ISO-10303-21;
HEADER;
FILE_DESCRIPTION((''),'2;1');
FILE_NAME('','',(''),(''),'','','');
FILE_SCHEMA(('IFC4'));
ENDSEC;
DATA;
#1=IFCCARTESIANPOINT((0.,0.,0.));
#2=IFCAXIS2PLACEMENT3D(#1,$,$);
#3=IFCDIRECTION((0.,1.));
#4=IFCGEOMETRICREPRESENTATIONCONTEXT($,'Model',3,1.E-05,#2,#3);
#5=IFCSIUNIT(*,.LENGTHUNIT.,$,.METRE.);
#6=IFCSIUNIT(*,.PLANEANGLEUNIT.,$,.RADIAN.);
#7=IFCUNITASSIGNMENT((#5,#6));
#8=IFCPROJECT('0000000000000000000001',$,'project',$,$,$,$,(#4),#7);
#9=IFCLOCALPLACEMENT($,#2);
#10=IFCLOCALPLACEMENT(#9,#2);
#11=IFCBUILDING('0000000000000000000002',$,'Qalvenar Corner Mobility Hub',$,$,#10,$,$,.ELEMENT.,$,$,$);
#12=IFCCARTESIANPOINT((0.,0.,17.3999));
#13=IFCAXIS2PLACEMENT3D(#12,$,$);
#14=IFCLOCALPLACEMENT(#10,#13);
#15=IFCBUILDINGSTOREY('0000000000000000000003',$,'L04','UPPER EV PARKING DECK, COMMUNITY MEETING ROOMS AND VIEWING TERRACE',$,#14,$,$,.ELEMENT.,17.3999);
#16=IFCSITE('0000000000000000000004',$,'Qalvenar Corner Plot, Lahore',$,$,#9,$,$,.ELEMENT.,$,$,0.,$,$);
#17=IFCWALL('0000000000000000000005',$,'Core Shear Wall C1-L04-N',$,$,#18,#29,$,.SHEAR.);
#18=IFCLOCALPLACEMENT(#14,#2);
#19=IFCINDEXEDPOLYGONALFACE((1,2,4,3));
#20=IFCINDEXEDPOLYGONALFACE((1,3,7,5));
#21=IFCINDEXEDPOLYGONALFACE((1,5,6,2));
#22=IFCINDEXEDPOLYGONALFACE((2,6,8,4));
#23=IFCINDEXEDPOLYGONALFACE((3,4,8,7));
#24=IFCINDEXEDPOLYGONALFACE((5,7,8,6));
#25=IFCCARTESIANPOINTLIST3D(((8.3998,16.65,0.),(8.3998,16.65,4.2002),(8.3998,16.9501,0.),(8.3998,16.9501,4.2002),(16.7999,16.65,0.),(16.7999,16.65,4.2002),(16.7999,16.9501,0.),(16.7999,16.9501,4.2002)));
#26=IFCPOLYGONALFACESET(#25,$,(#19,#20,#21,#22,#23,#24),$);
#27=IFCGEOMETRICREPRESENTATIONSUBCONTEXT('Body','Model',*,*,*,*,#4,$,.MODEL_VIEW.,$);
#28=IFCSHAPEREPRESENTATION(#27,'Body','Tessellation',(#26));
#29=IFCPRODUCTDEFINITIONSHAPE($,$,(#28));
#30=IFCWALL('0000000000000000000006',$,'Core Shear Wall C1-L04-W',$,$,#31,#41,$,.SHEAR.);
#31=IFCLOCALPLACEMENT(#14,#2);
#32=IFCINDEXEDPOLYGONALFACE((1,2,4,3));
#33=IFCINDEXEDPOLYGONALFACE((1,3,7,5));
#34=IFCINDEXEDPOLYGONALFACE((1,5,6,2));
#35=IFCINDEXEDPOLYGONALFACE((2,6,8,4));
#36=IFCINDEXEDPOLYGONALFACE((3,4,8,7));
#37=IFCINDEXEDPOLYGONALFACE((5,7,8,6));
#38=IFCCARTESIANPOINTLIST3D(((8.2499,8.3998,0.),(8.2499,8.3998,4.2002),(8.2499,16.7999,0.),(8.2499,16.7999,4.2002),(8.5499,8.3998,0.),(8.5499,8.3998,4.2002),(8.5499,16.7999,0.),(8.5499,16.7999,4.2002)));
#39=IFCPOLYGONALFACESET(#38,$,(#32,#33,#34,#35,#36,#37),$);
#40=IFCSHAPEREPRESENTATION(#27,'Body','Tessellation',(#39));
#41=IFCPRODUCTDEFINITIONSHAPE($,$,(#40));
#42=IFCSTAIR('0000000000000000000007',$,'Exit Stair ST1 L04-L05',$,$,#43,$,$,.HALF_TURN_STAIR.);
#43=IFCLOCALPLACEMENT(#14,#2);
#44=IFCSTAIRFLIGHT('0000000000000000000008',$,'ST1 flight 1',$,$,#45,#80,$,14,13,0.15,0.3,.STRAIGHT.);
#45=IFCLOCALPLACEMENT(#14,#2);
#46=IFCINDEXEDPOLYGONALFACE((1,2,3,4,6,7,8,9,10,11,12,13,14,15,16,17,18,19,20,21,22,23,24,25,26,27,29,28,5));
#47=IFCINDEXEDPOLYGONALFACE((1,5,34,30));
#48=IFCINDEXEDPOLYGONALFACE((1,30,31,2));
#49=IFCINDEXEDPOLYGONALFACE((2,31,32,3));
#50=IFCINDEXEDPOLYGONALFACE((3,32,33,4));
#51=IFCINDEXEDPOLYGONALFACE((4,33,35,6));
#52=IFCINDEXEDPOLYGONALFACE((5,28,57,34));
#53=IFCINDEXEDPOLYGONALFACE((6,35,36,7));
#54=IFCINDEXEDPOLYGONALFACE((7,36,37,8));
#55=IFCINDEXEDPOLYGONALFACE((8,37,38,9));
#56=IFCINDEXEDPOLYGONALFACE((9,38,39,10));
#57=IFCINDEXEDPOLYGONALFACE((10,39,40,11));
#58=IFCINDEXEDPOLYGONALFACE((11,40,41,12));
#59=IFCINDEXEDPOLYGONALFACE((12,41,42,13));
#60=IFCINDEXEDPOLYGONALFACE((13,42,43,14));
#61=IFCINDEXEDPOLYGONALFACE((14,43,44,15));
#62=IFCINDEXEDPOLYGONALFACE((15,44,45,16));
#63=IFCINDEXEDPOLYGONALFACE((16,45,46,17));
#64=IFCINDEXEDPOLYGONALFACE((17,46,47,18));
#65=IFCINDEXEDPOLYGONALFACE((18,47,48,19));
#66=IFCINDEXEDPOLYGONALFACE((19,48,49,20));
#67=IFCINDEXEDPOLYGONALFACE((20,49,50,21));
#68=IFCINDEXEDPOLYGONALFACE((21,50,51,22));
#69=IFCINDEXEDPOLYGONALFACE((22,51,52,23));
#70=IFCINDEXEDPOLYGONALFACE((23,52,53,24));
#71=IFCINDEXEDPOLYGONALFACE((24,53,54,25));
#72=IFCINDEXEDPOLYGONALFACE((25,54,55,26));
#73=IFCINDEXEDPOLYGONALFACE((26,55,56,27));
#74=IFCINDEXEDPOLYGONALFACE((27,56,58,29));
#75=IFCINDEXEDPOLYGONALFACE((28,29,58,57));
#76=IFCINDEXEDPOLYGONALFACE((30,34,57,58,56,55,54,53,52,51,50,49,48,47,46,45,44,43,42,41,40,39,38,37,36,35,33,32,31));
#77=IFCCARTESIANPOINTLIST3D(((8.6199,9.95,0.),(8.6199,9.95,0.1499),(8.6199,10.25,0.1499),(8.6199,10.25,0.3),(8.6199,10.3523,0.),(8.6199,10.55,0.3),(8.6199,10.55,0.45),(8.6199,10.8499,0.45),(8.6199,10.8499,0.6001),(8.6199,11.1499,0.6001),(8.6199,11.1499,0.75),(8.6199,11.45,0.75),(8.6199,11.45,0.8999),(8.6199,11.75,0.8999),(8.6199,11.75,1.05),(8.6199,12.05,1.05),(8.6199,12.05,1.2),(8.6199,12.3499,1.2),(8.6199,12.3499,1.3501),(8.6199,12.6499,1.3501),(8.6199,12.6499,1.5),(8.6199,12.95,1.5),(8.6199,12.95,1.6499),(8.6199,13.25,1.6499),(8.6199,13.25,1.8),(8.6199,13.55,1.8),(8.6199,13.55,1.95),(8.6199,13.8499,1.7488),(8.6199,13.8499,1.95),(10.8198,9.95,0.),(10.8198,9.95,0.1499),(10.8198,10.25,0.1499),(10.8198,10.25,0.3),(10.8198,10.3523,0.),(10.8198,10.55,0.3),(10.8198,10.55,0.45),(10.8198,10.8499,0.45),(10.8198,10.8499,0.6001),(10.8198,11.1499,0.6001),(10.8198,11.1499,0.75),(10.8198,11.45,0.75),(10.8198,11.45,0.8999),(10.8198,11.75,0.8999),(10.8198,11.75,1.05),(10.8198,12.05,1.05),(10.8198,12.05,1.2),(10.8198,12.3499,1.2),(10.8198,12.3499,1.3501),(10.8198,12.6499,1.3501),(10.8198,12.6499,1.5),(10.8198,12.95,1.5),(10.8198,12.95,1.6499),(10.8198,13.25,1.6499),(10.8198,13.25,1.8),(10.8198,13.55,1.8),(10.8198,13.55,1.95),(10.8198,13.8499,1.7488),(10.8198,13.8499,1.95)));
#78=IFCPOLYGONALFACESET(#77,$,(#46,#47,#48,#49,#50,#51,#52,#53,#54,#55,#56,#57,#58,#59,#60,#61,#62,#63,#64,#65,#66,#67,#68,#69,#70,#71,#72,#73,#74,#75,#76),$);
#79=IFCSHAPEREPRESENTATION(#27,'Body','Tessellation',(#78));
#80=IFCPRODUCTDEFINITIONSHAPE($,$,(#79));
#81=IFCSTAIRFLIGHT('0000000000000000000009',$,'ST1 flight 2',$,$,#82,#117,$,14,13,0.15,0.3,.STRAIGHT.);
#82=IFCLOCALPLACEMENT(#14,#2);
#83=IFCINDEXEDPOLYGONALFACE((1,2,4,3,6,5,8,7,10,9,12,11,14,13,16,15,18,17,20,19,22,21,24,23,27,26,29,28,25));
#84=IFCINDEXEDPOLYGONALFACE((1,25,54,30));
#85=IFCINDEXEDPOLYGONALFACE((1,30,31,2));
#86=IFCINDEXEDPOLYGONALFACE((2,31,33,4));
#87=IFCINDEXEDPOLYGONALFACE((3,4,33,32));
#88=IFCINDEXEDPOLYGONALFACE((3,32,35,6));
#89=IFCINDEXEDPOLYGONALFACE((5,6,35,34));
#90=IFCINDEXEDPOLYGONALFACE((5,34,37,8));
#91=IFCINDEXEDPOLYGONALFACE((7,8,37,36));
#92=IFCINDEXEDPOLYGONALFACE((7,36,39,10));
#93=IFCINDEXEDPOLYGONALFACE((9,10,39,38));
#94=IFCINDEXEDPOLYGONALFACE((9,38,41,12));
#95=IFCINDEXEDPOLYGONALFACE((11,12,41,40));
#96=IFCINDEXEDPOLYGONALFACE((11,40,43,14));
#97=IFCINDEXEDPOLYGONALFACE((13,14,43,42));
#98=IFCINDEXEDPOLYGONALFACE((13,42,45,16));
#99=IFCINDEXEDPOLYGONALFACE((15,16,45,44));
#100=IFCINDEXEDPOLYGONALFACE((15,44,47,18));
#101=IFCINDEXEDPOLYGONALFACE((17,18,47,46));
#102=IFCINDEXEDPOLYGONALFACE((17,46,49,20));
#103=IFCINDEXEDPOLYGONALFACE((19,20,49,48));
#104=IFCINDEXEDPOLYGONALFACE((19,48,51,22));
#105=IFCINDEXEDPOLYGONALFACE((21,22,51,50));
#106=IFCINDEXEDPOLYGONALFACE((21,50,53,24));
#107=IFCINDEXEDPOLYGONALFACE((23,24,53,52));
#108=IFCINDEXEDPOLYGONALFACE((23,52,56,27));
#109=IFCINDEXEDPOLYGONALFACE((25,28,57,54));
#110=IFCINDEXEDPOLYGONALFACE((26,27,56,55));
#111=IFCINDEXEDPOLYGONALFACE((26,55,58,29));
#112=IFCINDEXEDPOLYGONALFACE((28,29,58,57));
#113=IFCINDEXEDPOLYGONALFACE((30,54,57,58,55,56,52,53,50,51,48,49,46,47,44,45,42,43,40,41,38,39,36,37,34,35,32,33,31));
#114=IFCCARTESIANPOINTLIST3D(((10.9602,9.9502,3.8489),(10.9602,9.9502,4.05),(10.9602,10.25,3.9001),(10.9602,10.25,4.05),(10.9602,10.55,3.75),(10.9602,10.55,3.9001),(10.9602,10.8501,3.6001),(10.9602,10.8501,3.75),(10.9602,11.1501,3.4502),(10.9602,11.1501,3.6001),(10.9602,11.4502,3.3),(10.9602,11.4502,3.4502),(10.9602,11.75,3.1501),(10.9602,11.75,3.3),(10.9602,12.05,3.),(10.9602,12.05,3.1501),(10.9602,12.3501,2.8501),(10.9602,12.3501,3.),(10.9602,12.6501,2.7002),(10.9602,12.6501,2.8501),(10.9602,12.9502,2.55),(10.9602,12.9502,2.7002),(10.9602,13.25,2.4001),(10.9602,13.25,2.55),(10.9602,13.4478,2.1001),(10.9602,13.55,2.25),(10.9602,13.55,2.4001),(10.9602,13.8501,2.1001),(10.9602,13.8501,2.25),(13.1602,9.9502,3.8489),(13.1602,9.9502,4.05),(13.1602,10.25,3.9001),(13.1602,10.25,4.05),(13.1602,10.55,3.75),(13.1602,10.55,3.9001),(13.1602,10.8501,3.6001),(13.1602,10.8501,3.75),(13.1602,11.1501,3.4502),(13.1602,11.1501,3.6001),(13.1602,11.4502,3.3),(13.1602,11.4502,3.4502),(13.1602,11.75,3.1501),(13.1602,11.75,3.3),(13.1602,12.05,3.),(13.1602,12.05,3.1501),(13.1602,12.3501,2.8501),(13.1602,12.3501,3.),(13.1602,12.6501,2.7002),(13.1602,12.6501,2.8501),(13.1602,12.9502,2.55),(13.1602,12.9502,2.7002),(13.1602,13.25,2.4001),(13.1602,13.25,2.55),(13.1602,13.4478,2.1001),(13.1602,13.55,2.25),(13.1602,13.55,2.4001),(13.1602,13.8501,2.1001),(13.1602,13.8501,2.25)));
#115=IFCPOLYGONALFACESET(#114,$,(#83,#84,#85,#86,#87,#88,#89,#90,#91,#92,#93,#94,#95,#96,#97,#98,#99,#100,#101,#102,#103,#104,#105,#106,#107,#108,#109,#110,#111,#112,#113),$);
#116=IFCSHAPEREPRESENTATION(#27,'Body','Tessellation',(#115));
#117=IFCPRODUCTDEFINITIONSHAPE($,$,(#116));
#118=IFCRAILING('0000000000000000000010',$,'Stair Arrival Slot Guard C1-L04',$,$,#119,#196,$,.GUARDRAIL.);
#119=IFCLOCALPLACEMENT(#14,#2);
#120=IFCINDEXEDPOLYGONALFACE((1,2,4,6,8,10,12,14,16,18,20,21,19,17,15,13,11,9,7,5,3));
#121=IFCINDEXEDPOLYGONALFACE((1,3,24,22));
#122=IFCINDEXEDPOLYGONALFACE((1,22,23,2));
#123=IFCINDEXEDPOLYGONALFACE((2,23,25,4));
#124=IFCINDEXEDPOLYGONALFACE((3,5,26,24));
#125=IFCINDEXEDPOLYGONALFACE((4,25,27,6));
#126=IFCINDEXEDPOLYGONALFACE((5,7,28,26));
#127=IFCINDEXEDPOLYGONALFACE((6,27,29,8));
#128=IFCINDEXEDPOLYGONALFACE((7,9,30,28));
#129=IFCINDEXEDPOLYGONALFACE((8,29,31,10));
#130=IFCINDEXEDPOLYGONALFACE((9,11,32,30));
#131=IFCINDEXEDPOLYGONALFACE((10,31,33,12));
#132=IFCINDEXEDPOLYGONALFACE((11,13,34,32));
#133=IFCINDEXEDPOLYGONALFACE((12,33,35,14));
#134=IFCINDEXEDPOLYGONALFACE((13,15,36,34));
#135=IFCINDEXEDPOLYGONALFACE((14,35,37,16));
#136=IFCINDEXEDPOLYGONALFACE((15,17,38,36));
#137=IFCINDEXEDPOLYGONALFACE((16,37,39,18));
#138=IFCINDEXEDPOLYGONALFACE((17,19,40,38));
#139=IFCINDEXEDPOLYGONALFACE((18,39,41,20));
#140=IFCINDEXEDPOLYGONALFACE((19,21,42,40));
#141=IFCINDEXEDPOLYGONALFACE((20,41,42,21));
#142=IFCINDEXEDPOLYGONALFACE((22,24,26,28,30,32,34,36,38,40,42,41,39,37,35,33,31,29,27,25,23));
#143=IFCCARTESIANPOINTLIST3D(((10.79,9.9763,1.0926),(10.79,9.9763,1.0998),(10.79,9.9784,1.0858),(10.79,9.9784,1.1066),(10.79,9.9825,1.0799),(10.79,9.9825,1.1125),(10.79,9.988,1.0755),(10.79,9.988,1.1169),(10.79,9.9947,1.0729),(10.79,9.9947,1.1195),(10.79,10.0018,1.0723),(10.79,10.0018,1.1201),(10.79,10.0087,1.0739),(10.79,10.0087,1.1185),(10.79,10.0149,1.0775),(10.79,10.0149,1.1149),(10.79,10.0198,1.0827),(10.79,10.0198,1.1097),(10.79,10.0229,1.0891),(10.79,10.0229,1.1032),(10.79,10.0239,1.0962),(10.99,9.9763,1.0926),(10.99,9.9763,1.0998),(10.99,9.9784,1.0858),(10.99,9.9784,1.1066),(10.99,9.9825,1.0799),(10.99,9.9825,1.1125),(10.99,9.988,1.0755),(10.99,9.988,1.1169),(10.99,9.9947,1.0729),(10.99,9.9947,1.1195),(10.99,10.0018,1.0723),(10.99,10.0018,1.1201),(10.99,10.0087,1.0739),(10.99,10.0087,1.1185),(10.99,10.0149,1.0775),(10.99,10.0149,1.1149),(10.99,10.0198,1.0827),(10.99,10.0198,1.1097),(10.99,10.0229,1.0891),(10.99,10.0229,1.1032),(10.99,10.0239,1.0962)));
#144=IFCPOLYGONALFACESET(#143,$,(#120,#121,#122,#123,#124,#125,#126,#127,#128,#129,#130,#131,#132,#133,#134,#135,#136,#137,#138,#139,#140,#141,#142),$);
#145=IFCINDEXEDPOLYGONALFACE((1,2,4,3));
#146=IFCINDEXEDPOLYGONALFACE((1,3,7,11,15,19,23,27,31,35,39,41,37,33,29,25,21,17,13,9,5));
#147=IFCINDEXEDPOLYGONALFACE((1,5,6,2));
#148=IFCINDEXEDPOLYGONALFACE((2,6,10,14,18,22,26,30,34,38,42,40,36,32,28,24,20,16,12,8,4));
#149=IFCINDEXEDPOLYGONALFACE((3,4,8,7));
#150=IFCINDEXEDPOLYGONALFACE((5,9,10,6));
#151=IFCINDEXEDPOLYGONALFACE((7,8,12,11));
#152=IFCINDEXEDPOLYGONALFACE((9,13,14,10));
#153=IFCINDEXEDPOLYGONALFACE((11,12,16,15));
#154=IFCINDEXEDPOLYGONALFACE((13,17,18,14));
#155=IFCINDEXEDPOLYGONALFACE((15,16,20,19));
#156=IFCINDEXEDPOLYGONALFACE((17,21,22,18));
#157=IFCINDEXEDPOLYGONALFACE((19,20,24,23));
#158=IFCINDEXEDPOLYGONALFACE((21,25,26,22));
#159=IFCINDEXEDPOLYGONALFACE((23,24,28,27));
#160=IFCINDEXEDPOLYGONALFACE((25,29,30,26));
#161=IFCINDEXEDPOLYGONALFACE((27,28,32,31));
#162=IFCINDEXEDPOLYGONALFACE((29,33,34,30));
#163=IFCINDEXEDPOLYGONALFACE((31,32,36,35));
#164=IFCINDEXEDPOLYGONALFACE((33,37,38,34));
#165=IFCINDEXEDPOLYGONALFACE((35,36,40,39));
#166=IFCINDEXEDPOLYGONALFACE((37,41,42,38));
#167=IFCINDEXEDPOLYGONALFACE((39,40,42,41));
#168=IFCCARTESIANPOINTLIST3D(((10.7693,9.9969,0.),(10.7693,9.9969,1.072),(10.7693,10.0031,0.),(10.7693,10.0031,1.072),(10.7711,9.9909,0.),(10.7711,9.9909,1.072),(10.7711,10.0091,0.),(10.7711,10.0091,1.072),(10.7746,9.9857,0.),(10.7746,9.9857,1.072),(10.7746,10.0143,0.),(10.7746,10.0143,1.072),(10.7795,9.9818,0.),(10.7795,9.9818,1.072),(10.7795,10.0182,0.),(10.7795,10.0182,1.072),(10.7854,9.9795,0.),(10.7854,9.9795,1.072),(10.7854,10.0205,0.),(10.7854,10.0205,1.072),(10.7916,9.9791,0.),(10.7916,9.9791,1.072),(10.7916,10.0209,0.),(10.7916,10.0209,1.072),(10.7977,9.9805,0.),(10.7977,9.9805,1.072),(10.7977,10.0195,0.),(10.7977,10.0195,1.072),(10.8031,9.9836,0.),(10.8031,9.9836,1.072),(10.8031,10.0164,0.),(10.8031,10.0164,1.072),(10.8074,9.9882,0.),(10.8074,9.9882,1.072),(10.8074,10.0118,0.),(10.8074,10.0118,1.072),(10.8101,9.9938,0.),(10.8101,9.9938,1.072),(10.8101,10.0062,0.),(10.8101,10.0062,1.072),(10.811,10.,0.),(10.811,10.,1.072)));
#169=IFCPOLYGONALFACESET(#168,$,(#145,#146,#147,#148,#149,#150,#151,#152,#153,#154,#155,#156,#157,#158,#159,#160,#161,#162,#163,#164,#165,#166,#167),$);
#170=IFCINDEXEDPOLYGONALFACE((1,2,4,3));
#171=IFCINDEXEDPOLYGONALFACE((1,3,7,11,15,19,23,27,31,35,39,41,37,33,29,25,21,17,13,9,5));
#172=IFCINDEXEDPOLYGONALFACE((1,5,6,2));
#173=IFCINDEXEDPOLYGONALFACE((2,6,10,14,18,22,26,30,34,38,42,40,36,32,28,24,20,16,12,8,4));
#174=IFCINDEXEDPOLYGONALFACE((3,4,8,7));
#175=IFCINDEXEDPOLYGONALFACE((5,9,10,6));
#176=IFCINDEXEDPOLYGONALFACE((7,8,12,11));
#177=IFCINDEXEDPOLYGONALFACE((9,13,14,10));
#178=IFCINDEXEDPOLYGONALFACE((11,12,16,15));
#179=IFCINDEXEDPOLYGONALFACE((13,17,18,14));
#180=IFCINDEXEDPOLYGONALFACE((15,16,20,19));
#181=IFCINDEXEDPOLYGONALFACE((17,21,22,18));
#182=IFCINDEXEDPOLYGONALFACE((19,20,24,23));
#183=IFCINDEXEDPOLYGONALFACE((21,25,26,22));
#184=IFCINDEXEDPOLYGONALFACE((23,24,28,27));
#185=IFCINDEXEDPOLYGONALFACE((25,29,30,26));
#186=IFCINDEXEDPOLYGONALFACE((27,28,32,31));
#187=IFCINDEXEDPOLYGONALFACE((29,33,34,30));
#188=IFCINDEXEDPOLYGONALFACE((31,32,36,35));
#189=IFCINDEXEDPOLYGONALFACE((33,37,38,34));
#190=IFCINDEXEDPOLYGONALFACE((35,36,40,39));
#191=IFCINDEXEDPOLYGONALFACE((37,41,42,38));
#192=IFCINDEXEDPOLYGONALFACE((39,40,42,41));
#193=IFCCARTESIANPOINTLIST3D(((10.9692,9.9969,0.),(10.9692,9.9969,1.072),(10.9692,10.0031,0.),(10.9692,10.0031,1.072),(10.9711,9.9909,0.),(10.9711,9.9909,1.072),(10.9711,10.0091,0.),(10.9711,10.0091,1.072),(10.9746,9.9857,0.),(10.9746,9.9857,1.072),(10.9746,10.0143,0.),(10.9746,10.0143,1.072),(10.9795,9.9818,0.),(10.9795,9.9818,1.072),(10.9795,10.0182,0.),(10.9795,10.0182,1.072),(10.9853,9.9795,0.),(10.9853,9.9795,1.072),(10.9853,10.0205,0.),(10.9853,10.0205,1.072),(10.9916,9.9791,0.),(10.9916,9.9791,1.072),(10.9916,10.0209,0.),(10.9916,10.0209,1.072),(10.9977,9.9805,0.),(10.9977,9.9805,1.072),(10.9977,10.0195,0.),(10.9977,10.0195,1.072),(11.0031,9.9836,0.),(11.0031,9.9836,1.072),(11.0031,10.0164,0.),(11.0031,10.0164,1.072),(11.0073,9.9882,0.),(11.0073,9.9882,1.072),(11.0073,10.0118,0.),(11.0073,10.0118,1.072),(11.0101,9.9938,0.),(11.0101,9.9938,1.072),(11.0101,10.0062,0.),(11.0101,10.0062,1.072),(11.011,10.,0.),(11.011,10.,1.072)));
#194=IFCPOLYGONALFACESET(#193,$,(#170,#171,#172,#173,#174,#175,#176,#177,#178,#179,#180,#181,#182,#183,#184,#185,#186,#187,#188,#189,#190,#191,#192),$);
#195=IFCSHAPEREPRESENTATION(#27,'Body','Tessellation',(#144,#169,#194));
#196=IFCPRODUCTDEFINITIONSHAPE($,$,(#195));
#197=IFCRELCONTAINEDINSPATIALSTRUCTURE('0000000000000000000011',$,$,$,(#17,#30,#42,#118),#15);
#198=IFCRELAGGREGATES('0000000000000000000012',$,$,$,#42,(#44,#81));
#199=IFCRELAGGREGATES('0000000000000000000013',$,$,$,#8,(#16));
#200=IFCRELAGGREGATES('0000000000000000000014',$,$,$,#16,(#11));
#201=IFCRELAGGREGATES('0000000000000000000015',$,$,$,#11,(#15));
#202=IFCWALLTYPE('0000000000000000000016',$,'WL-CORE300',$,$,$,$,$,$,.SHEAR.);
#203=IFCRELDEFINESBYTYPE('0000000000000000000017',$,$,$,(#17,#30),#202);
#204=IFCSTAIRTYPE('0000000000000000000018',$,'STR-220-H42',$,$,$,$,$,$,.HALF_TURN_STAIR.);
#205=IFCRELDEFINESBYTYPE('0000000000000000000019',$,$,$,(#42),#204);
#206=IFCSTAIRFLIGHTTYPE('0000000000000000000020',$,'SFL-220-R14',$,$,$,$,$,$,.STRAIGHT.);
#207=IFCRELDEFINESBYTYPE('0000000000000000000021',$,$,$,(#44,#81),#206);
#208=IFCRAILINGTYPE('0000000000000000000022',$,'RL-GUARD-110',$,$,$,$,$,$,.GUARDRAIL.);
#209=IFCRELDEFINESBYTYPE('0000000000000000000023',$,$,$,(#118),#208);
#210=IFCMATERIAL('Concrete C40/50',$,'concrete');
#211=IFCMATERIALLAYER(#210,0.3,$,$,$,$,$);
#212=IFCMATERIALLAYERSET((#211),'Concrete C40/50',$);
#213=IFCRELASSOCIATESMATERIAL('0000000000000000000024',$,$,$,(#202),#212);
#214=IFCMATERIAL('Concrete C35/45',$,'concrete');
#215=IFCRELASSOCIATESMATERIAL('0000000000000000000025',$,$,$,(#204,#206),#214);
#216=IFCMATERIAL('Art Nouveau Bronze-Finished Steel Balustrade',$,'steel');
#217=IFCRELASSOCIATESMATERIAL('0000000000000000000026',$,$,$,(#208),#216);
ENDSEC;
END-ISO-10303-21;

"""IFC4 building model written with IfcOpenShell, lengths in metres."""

from ifc_helpers import new_model, si_unit, direction, frame, frame_2d, origin, origin_2d, place, context, subcontext, project, spatial, polyline, rectangle, circle, outline, extrude, material, layer, layer_set, type_object, element, aggregate, save


model = new_model("IFC4")

# Units and contexts
model_context = context("Model", 3, precision=1e-05, world=origin(), true_north=direction((0.0, 1.0)))
body_context = subcontext(model_context, "Body", "Model", "MODEL_VIEW")
ifc_project = project(units=[si_unit("LENGTHUNIT", "METRE"), si_unit("PLANEANGLEUNIT", "RADIAN")], contexts=[model_context])

# Site, building, storey
site_placement = place(None, origin())
site = spatial("IfcSite", under=ifc_project, at=site_placement, Name="Qalvenar Corner Plot, Lahore", CompositionType="ELEMENT", RefElevation=0.0)
building_placement = place(site_placement, origin())
building = spatial("IfcBuilding", under=site, at=building_placement, Name="Qalvenar Corner Mobility Hub", CompositionType="ELEMENT")
storey_placement = place(building_placement, frame((0.0, 0.0, 17.3999)))
storey = spatial("IfcBuildingStorey", under=building, at=storey_placement, Name="L04", Description="UPPER EV PARKING DECK, COMMUNITY MEETING ROOMS AND VIEWING TERRACE", CompositionType="ELEMENT", Elevation=17.3999)

# Walls
ifc_material_1 = material(Name="Concrete C40/50", Category="concrete")
ifc_layer_1 = layer(ifc_material_1, 0.3)
ifc_layer_set_1 = layer_set([ifc_layer_1], Name="Concrete C40/50")
wall_type = type_object("IfcWallType", Name="WL-CORE300", PredefinedType="SHEAR", material=ifc_layer_set_1)
for number, where, z_axis, x_axis, name in (
    (1, (16.8, 16.8, 0.0), (0.0, 0.0, 1.0), (-1.0, 0.0, 0.0), "Core Shear Wall C1-L04-N"),
    (2, (8.3999, 16.8, 0.0), (0.0, 0.0, 1.0), (0.0, -1.0, 0.0), "Core Shear Wall C1-L04-W"),
):
    element("IfcWall", number, at=place(storey_placement, frame(where, z_axis=z_axis, x_axis=x_axis)), inside=storey, type_object=wall_type, Name=name, PredefinedType="SHEAR", context=body_context, shape_type="SweptSolid", body=[
        extrude(rectangle(XDim=8.4001, YDim=0.3, at=frame_2d((4.2002, 0.0))), origin(), (0.0, 0.0, 1.0), 4.2002),
    ])

# Stair, stair flights
ifc_material_2 = material(Name="Concrete C35/45", Category="concrete")
stair_type = type_object("IfcStairType", Name="STR-220-H42", PredefinedType="HALF_TURN_STAIR", material=ifc_material_2)
stair_placement = place(storey_placement, origin())
stair = element("IfcStair", 3, at=stair_placement, inside=storey, type_object=stair_type, Name="Exit Stair ST1 L04-L05", PredefinedType="HALF_TURN_STAIR")
stair_flight_type = type_object("IfcStairFlightType", Name="SFL-220-R14", PredefinedType="STRAIGHT", material=ifc_material_2)
stair_flight_1_placement = place(storey_placement, frame((9.72, 9.95, 0.0), z_axis=(0.0, 0.0, 1.0), x_axis=(0.0, 1.0, 0.0)))
stair_flight_1 = element("IfcStairFlight", 4, at=stair_flight_1_placement, type_object=stair_flight_type, Name="ST1 flight 1", NumberOfRisers=14, NumberOfTreads=13, PredefinedType="STRAIGHT", RiserHeight=0.15, TreadLength=0.3, context=body_context, shape_type="SweptSolid", body=[
    extrude(outline(polyline([(0.0, 0.0), (0.0, 0.1499), (0.3, 0.1499), (0.3, 0.3), (0.6001, 0.3), (0.6001, 0.45), (0.8999, 0.45), (0.8999, 0.6001), (1.2, 0.6001), (1.2, 0.75), (1.5, 0.75), (1.5, 0.8999), (1.8, 0.8999), (1.8, 1.05), (2.1001, 1.05), (2.1001, 1.2), (2.3999, 1.2), (2.3999, 1.3501), (2.7, 1.3501), (2.7, 1.5), (3.0, 1.5), (3.0, 1.6499), (3.3, 1.6499), (3.3, 1.8), (3.6001, 1.8), (3.6001, 1.95), (3.8999, 1.95), (3.8999, 2.1001), (3.8999, 1.7488), (0.4023, 0.0), (0.0, 0.0)])), frame((0.0, 1.1001, 0.0), z_axis=(0.0, -1.0, 0.0), x_axis=(1.0, 0.0, 0.0)), (0.0, 0.0, 1.0), 2.2),
])
stair_flight_2_placement = place(storey_placement, frame((12.0601, 13.8501, 2.1001), z_axis=(0.0, 0.0, 1.0), x_axis=(0.0, -1.0, 0.0)))
stair_flight_2 = element("IfcStairFlight", 5, at=stair_flight_2_placement, type_object=stair_flight_type, Name="ST1 flight 2", NumberOfRisers=14, NumberOfTreads=13, PredefinedType="STRAIGHT", RiserHeight=0.15, TreadLength=0.3, context=body_context, shape_type="SweptSolid", body=[
    extrude(outline(polyline([(0.0, 0.0), (0.0, 0.1499), (0.3, 0.1499), (0.3, 0.3), (0.6001, 0.3), (0.6001, 0.45), (0.8999, 0.45), (0.8999, 0.6001), (1.2, 0.6001), (1.2, 0.75), (1.5, 0.75), (1.5, 0.8999), (1.8, 0.8999), (1.8, 1.05), (2.1001, 1.05), (2.1001, 1.2), (2.3999, 1.2), (2.3999, 1.3501), (2.7, 1.3501), (2.7, 1.5), (3.0, 1.5), (3.0, 1.6499), (3.3, 1.6499), (3.3, 1.8), (3.6001, 1.8), (3.6001, 1.95), (3.8999, 1.95), (3.8999, 2.1001), (3.8999, 1.7488), (0.4023, 0.0), (0.0, 0.0)])), frame((0.0, 1.1001, 0.0), z_axis=(0.0, -1.0, 0.0), x_axis=(1.0, 0.0, 0.0)), (0.0, 0.0, 1.0), 2.2),
])
aggregate(stair, [stair_flight_1, stair_flight_2])

# Railing
ifc_material_3 = material(Name="Art Nouveau Bronze-Finished Steel Balustrade", Category="steel")
railing_type_1 = type_object("IfcRailingType", Name="RL-GUARD-110", PredefinedType="GUARDRAIL", material=ifc_material_3)
for number, where, name in (
    (6, (10.79, 10.0, 0.0), "Stair Arrival Slot Guard C1-L04"),
):
    element("IfcRailing", number, at=place(storey_placement, frame(where)), inside=storey, type_object=railing_type_1, Name=name, PredefinedType="GUARDRAIL", context=body_context, shape_type="SweptSolid", body=[
        extrude(circle(Radius=0.0239, at=origin_2d()), frame((0.0, 0.0, 1.0962), z_axis=(1.0, 0.0, 0.0), x_axis=(0.0, 1.0, 0.0)), (0.0, 0.0, 1.0), 0.2),
        extrude(circle(Radius=0.021, at=origin_2d()), origin(), (0.0, 0.0, 1.0), 1.072),
        extrude(circle(Radius=0.021, at=origin_2d()), frame((0.2, 0.0, 0.0)), (0.0, 0.0, 1.0), 1.072),
    ])

save(model, "model.ifc")
